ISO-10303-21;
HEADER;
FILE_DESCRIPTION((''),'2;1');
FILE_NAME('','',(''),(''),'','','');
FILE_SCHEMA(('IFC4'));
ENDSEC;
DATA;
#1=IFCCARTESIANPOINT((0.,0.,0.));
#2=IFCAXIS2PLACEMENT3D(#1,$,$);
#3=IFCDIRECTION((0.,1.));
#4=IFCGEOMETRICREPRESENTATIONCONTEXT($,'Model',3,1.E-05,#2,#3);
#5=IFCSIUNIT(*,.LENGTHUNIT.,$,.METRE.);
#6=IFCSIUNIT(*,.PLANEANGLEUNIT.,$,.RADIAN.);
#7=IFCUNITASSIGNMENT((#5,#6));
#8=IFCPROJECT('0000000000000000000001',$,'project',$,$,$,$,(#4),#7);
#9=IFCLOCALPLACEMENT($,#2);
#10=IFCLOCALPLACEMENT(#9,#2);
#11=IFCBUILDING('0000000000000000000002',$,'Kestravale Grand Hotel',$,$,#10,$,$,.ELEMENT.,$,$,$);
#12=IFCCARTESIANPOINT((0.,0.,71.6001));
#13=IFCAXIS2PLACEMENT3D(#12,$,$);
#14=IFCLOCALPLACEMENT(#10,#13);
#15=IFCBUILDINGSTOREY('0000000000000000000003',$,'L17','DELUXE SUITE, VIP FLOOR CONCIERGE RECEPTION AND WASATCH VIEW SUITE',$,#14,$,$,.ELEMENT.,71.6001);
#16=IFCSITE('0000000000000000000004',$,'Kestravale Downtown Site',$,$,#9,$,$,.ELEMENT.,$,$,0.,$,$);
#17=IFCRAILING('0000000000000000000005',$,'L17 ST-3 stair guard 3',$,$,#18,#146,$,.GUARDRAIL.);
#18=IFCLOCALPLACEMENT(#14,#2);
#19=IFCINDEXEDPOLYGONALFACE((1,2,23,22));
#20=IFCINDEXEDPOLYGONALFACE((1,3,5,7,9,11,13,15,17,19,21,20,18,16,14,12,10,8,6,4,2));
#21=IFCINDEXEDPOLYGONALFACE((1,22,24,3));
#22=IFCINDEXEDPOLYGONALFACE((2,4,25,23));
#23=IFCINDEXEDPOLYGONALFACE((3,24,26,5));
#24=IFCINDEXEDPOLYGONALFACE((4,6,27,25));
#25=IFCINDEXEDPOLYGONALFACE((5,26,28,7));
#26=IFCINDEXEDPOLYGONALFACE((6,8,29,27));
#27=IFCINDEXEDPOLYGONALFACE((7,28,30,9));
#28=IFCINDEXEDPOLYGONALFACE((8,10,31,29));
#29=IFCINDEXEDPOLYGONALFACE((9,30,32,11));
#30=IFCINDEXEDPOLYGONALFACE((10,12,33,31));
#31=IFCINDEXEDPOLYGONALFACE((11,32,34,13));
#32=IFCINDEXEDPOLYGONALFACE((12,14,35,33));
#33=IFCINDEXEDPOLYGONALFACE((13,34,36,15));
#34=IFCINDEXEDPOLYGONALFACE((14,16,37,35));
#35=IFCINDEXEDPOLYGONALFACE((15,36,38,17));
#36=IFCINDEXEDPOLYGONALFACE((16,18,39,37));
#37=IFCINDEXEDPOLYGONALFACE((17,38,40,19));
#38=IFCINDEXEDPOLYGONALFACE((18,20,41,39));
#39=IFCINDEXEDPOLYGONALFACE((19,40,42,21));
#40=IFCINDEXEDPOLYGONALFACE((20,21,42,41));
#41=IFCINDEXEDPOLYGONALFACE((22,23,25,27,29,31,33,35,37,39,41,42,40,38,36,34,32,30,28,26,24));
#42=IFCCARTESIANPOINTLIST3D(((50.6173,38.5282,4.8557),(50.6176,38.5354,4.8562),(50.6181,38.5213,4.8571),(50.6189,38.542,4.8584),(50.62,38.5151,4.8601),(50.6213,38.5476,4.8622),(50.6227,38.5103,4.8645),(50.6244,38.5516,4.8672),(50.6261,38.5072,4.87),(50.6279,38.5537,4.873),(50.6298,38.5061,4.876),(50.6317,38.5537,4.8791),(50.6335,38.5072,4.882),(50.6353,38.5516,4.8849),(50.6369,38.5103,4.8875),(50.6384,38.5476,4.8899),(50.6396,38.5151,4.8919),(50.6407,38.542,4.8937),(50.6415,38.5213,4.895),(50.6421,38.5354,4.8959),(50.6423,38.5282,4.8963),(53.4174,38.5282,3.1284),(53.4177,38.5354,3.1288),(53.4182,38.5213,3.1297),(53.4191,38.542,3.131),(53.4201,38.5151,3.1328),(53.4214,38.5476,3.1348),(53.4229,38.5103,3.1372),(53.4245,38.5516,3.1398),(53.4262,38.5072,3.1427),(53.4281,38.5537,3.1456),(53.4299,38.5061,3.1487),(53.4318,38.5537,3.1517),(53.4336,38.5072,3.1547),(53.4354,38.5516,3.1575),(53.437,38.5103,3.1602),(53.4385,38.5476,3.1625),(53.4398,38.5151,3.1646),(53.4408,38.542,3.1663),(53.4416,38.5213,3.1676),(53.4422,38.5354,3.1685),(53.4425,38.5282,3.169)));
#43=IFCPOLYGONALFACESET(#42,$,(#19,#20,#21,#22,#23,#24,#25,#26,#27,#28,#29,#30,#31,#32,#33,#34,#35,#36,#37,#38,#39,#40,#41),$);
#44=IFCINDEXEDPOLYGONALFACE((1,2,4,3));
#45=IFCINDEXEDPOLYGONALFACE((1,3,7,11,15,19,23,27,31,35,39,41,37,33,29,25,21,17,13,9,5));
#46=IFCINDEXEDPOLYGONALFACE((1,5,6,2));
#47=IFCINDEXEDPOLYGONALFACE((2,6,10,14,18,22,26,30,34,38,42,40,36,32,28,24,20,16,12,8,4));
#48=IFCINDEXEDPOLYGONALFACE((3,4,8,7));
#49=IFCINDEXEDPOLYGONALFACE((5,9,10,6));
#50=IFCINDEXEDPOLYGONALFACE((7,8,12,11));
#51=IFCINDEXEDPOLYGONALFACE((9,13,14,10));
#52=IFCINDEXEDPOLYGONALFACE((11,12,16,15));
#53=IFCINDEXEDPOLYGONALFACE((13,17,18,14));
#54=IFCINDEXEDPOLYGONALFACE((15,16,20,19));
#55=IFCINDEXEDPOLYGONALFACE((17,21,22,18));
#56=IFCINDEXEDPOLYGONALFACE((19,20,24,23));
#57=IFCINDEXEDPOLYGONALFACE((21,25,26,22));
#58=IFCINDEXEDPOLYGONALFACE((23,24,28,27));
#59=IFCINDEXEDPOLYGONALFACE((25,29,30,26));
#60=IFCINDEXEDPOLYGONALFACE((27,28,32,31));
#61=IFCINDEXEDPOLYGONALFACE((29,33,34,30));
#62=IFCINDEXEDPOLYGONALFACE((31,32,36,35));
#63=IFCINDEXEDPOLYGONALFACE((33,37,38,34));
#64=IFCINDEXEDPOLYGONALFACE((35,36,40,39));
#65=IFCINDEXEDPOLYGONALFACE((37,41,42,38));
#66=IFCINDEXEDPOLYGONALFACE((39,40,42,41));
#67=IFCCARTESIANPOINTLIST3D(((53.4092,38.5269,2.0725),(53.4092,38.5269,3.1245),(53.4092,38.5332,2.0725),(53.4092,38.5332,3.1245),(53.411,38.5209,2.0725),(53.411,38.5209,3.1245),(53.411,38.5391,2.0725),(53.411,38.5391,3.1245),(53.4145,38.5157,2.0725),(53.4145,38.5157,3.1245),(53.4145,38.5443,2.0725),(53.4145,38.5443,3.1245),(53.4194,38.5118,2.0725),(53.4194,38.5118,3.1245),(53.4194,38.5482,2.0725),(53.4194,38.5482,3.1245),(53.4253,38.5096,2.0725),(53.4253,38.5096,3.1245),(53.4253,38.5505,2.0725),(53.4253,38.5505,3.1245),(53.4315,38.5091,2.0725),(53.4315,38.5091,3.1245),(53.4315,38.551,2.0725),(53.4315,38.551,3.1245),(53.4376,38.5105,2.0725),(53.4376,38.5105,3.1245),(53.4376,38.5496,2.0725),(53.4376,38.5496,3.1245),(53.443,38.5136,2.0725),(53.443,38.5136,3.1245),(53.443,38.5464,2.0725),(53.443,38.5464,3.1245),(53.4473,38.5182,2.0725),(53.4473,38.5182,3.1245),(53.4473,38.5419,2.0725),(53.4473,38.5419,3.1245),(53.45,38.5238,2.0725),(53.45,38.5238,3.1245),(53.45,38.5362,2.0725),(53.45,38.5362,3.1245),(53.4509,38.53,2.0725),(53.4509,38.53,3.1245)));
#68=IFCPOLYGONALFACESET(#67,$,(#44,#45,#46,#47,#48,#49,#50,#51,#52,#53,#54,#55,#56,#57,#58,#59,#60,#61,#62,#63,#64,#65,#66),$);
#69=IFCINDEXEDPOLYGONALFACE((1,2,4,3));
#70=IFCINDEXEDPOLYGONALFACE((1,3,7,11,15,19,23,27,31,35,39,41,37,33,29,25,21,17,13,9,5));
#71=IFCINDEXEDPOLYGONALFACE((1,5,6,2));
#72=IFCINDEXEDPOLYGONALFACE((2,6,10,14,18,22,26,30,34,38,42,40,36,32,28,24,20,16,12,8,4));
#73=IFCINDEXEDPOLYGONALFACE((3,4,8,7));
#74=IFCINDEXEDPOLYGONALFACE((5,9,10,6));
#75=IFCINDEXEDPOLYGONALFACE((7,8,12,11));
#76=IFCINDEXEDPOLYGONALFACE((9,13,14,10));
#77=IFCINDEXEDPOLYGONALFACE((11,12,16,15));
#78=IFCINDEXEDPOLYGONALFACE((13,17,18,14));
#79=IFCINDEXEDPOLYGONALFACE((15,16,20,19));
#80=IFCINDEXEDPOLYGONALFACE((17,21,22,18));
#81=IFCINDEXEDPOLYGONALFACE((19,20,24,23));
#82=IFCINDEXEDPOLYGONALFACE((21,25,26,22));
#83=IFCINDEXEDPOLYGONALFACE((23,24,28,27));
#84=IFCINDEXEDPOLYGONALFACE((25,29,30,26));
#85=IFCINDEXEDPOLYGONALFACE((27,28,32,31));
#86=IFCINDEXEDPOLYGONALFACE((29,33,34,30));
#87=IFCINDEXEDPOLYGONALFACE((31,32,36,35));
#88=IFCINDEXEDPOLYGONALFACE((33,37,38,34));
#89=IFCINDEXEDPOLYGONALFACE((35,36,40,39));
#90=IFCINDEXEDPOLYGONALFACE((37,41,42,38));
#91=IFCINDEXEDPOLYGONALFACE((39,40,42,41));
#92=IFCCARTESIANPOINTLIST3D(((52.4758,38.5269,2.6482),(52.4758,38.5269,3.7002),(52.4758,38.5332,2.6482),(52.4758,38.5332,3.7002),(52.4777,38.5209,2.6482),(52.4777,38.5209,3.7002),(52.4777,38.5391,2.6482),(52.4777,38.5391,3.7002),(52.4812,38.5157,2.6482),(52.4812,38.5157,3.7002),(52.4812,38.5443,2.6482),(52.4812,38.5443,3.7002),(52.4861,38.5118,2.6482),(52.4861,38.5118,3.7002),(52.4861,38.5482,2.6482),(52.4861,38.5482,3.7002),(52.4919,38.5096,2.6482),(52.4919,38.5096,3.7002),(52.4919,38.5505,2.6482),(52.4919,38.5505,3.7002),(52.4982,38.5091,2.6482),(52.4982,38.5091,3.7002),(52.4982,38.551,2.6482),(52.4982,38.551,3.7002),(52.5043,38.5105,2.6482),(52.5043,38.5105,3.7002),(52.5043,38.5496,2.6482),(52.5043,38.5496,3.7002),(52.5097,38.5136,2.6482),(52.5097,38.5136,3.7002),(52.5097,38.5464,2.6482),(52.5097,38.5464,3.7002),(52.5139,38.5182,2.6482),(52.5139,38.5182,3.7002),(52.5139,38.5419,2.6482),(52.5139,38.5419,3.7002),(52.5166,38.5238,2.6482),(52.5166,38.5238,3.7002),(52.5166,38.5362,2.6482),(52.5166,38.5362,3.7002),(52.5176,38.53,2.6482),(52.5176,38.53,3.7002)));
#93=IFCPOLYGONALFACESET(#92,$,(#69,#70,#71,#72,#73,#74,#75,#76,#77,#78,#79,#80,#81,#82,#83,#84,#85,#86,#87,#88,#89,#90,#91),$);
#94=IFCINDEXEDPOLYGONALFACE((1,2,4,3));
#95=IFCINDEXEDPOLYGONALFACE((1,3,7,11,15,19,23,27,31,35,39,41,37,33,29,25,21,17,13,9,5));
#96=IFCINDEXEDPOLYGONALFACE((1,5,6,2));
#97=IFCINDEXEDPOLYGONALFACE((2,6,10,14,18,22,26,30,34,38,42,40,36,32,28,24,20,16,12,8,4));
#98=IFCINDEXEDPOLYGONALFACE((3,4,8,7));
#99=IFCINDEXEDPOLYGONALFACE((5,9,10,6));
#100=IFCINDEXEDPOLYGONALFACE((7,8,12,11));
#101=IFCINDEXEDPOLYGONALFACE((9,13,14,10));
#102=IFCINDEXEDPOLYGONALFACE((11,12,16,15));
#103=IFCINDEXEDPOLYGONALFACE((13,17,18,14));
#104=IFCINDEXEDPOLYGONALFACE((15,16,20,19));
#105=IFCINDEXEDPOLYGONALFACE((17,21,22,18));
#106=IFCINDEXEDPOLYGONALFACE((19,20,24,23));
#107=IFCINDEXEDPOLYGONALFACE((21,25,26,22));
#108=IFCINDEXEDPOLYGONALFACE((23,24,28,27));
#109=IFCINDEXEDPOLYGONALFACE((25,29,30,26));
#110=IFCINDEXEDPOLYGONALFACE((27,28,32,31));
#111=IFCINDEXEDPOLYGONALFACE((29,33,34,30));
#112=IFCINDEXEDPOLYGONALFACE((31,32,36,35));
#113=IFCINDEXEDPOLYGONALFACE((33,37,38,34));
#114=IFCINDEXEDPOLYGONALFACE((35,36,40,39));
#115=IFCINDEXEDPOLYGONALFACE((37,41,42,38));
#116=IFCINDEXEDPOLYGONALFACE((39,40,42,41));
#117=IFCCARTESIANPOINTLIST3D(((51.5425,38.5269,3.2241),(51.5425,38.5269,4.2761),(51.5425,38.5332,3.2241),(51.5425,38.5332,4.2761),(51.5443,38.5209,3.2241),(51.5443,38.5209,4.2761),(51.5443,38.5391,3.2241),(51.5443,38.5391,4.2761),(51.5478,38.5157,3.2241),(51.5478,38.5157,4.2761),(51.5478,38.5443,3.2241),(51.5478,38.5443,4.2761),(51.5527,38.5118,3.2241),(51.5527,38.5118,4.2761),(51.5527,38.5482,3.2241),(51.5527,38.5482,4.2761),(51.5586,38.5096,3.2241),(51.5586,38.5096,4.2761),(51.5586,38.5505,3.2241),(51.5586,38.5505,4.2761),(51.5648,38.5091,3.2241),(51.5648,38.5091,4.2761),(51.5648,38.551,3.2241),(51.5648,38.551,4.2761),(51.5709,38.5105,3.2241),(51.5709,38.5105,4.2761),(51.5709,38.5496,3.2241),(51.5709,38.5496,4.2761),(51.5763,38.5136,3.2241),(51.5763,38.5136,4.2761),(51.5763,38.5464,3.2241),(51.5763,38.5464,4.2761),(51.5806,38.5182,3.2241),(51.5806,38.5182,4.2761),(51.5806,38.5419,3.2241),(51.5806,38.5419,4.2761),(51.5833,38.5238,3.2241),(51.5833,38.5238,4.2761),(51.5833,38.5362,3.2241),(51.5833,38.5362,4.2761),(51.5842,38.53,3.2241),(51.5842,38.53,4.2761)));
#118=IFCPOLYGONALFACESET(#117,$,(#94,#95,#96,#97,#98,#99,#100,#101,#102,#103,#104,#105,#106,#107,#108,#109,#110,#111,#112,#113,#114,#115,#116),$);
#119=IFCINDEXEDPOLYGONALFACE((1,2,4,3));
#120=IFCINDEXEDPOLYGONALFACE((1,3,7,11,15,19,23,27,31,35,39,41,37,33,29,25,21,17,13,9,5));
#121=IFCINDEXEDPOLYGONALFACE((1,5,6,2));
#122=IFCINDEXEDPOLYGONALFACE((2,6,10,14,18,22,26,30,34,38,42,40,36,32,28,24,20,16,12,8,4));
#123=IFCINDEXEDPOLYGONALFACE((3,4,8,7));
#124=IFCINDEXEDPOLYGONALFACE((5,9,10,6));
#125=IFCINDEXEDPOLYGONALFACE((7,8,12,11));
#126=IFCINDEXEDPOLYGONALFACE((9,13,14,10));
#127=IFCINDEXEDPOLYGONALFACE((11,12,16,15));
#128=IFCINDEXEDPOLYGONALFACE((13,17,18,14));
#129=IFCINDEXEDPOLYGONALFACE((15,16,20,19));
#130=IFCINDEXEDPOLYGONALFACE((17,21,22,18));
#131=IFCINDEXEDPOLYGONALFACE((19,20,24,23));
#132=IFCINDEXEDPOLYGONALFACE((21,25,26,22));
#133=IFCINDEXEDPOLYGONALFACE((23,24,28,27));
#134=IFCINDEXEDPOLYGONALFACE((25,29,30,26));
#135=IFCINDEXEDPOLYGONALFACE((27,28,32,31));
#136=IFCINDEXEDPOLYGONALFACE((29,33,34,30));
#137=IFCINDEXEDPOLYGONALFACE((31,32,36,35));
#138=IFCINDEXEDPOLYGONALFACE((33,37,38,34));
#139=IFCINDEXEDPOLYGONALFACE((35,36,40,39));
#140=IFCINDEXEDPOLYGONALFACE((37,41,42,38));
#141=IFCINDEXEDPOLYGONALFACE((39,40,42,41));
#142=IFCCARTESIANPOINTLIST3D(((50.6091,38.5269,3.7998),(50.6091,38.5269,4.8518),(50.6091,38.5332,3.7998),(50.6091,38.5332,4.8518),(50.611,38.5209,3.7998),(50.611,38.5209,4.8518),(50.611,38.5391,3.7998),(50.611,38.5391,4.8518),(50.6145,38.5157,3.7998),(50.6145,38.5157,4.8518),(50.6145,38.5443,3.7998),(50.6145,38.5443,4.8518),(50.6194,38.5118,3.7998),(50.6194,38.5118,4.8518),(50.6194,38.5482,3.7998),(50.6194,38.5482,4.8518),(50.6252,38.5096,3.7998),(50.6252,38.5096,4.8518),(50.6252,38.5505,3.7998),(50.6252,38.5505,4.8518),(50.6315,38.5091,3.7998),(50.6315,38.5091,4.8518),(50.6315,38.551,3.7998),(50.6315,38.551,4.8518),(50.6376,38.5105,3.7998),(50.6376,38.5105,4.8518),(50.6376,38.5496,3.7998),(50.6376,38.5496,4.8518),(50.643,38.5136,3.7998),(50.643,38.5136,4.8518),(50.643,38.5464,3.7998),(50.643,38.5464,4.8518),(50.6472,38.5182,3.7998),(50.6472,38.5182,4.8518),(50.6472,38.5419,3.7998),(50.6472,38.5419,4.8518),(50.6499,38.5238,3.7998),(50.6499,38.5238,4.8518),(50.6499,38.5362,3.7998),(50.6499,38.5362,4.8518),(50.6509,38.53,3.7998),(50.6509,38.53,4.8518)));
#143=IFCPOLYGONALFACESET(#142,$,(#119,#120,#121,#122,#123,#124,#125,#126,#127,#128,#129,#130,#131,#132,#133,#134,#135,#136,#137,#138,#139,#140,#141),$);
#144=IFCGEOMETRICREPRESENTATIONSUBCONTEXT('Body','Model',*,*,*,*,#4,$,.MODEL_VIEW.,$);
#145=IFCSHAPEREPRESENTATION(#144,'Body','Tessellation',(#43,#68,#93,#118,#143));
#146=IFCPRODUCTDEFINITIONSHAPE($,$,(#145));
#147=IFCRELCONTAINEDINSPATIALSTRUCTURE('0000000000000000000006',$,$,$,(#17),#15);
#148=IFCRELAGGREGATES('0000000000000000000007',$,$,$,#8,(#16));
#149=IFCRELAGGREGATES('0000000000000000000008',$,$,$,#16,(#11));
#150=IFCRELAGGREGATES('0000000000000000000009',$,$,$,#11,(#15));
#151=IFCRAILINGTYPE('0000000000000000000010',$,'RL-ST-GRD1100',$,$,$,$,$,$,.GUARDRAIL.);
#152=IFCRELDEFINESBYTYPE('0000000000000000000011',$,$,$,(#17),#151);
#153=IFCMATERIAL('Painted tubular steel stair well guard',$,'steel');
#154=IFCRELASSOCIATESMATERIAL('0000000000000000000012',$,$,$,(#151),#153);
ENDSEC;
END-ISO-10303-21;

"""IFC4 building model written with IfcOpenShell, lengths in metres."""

from ifc_helpers import new_model, si_unit, direction, frame, origin, origin_2d, place, context, subcontext, project, spatial, circle, extrude, material, type_object, element, save


model = new_model("IFC4")

# Units and contexts
model_context = context("Model", 3, precision=1e-05, world=origin(), true_north=direction((0.0, 1.0)))
body_context = subcontext(model_context, "Body", "Model", "MODEL_VIEW")
ifc_project = project(units=[si_unit("LENGTHUNIT", "METRE"), si_unit("PLANEANGLEUNIT", "RADIAN")], contexts=[model_context])

# Site, building, storey
site_placement = place(None, origin())
site = spatial("IfcSite", under=ifc_project, at=site_placement, Name="Kestravale Downtown Site", CompositionType="ELEMENT", RefElevation=0.0)
building_placement = place(site_placement, origin())
building = spatial("IfcBuilding", under=site, at=building_placement, Name="Kestravale Grand Hotel", CompositionType="ELEMENT")
storey_placement = place(building_placement, frame((0.0, 0.0, 71.6001)))
storey = spatial("IfcBuildingStorey", under=building, at=storey_placement, Name="L17", Description="DELUXE SUITE, VIP FLOOR CONCIERGE RECEPTION AND WASATCH VIEW SUITE", CompositionType="ELEMENT", Elevation=71.6001)

# Railing
ifc_material_1 = material(Name="Painted tubular steel stair well guard", Category="steel")
railing_type_1 = type_object("IfcRailingType", Name="RL-ST-GRD1100", PredefinedType="GUARDRAIL", material=ifc_material_1)
railing_1_placement = place(storey_placement, frame((53.4299, 38.53, 2.0725)))
element("IfcRailing", 1, at=railing_1_placement, inside=storey, type_object=railing_type_1, Name="L17 ST-3 stair guard 3", PredefinedType="GUARDRAIL", context=body_context, shape_type="SweptSolid", body=[
    extrude(circle(Radius=0.0239, at=origin_2d()), frame((0.0, 0.0, 1.0762), z_axis=(-0.85109, 0.0, 0.52502), x_axis=(0.0, -1.0, 0.0)), (0.0, 0.0, 1.0), 3.29),
    extrude(circle(Radius=0.021, at=origin_2d()), origin(), (0.0, 0.0, 1.0), 1.052),
    extrude(circle(Radius=0.021, at=origin_2d()), frame((-0.9333, 0.0, 0.5757)), (0.0, 0.0, 1.0), 1.052),
    extrude(circle(Radius=0.021, at=origin_2d()), frame((-1.8667, 0.0, 1.1516)), (0.0, 0.0, 1.0), 1.052),
    extrude(circle(Radius=0.021, at=origin_2d()), frame((-2.8, 0.0, 1.7273)), (0.0, 0.0, 1.0), 1.052),
])

save(model, "model.ifc")
